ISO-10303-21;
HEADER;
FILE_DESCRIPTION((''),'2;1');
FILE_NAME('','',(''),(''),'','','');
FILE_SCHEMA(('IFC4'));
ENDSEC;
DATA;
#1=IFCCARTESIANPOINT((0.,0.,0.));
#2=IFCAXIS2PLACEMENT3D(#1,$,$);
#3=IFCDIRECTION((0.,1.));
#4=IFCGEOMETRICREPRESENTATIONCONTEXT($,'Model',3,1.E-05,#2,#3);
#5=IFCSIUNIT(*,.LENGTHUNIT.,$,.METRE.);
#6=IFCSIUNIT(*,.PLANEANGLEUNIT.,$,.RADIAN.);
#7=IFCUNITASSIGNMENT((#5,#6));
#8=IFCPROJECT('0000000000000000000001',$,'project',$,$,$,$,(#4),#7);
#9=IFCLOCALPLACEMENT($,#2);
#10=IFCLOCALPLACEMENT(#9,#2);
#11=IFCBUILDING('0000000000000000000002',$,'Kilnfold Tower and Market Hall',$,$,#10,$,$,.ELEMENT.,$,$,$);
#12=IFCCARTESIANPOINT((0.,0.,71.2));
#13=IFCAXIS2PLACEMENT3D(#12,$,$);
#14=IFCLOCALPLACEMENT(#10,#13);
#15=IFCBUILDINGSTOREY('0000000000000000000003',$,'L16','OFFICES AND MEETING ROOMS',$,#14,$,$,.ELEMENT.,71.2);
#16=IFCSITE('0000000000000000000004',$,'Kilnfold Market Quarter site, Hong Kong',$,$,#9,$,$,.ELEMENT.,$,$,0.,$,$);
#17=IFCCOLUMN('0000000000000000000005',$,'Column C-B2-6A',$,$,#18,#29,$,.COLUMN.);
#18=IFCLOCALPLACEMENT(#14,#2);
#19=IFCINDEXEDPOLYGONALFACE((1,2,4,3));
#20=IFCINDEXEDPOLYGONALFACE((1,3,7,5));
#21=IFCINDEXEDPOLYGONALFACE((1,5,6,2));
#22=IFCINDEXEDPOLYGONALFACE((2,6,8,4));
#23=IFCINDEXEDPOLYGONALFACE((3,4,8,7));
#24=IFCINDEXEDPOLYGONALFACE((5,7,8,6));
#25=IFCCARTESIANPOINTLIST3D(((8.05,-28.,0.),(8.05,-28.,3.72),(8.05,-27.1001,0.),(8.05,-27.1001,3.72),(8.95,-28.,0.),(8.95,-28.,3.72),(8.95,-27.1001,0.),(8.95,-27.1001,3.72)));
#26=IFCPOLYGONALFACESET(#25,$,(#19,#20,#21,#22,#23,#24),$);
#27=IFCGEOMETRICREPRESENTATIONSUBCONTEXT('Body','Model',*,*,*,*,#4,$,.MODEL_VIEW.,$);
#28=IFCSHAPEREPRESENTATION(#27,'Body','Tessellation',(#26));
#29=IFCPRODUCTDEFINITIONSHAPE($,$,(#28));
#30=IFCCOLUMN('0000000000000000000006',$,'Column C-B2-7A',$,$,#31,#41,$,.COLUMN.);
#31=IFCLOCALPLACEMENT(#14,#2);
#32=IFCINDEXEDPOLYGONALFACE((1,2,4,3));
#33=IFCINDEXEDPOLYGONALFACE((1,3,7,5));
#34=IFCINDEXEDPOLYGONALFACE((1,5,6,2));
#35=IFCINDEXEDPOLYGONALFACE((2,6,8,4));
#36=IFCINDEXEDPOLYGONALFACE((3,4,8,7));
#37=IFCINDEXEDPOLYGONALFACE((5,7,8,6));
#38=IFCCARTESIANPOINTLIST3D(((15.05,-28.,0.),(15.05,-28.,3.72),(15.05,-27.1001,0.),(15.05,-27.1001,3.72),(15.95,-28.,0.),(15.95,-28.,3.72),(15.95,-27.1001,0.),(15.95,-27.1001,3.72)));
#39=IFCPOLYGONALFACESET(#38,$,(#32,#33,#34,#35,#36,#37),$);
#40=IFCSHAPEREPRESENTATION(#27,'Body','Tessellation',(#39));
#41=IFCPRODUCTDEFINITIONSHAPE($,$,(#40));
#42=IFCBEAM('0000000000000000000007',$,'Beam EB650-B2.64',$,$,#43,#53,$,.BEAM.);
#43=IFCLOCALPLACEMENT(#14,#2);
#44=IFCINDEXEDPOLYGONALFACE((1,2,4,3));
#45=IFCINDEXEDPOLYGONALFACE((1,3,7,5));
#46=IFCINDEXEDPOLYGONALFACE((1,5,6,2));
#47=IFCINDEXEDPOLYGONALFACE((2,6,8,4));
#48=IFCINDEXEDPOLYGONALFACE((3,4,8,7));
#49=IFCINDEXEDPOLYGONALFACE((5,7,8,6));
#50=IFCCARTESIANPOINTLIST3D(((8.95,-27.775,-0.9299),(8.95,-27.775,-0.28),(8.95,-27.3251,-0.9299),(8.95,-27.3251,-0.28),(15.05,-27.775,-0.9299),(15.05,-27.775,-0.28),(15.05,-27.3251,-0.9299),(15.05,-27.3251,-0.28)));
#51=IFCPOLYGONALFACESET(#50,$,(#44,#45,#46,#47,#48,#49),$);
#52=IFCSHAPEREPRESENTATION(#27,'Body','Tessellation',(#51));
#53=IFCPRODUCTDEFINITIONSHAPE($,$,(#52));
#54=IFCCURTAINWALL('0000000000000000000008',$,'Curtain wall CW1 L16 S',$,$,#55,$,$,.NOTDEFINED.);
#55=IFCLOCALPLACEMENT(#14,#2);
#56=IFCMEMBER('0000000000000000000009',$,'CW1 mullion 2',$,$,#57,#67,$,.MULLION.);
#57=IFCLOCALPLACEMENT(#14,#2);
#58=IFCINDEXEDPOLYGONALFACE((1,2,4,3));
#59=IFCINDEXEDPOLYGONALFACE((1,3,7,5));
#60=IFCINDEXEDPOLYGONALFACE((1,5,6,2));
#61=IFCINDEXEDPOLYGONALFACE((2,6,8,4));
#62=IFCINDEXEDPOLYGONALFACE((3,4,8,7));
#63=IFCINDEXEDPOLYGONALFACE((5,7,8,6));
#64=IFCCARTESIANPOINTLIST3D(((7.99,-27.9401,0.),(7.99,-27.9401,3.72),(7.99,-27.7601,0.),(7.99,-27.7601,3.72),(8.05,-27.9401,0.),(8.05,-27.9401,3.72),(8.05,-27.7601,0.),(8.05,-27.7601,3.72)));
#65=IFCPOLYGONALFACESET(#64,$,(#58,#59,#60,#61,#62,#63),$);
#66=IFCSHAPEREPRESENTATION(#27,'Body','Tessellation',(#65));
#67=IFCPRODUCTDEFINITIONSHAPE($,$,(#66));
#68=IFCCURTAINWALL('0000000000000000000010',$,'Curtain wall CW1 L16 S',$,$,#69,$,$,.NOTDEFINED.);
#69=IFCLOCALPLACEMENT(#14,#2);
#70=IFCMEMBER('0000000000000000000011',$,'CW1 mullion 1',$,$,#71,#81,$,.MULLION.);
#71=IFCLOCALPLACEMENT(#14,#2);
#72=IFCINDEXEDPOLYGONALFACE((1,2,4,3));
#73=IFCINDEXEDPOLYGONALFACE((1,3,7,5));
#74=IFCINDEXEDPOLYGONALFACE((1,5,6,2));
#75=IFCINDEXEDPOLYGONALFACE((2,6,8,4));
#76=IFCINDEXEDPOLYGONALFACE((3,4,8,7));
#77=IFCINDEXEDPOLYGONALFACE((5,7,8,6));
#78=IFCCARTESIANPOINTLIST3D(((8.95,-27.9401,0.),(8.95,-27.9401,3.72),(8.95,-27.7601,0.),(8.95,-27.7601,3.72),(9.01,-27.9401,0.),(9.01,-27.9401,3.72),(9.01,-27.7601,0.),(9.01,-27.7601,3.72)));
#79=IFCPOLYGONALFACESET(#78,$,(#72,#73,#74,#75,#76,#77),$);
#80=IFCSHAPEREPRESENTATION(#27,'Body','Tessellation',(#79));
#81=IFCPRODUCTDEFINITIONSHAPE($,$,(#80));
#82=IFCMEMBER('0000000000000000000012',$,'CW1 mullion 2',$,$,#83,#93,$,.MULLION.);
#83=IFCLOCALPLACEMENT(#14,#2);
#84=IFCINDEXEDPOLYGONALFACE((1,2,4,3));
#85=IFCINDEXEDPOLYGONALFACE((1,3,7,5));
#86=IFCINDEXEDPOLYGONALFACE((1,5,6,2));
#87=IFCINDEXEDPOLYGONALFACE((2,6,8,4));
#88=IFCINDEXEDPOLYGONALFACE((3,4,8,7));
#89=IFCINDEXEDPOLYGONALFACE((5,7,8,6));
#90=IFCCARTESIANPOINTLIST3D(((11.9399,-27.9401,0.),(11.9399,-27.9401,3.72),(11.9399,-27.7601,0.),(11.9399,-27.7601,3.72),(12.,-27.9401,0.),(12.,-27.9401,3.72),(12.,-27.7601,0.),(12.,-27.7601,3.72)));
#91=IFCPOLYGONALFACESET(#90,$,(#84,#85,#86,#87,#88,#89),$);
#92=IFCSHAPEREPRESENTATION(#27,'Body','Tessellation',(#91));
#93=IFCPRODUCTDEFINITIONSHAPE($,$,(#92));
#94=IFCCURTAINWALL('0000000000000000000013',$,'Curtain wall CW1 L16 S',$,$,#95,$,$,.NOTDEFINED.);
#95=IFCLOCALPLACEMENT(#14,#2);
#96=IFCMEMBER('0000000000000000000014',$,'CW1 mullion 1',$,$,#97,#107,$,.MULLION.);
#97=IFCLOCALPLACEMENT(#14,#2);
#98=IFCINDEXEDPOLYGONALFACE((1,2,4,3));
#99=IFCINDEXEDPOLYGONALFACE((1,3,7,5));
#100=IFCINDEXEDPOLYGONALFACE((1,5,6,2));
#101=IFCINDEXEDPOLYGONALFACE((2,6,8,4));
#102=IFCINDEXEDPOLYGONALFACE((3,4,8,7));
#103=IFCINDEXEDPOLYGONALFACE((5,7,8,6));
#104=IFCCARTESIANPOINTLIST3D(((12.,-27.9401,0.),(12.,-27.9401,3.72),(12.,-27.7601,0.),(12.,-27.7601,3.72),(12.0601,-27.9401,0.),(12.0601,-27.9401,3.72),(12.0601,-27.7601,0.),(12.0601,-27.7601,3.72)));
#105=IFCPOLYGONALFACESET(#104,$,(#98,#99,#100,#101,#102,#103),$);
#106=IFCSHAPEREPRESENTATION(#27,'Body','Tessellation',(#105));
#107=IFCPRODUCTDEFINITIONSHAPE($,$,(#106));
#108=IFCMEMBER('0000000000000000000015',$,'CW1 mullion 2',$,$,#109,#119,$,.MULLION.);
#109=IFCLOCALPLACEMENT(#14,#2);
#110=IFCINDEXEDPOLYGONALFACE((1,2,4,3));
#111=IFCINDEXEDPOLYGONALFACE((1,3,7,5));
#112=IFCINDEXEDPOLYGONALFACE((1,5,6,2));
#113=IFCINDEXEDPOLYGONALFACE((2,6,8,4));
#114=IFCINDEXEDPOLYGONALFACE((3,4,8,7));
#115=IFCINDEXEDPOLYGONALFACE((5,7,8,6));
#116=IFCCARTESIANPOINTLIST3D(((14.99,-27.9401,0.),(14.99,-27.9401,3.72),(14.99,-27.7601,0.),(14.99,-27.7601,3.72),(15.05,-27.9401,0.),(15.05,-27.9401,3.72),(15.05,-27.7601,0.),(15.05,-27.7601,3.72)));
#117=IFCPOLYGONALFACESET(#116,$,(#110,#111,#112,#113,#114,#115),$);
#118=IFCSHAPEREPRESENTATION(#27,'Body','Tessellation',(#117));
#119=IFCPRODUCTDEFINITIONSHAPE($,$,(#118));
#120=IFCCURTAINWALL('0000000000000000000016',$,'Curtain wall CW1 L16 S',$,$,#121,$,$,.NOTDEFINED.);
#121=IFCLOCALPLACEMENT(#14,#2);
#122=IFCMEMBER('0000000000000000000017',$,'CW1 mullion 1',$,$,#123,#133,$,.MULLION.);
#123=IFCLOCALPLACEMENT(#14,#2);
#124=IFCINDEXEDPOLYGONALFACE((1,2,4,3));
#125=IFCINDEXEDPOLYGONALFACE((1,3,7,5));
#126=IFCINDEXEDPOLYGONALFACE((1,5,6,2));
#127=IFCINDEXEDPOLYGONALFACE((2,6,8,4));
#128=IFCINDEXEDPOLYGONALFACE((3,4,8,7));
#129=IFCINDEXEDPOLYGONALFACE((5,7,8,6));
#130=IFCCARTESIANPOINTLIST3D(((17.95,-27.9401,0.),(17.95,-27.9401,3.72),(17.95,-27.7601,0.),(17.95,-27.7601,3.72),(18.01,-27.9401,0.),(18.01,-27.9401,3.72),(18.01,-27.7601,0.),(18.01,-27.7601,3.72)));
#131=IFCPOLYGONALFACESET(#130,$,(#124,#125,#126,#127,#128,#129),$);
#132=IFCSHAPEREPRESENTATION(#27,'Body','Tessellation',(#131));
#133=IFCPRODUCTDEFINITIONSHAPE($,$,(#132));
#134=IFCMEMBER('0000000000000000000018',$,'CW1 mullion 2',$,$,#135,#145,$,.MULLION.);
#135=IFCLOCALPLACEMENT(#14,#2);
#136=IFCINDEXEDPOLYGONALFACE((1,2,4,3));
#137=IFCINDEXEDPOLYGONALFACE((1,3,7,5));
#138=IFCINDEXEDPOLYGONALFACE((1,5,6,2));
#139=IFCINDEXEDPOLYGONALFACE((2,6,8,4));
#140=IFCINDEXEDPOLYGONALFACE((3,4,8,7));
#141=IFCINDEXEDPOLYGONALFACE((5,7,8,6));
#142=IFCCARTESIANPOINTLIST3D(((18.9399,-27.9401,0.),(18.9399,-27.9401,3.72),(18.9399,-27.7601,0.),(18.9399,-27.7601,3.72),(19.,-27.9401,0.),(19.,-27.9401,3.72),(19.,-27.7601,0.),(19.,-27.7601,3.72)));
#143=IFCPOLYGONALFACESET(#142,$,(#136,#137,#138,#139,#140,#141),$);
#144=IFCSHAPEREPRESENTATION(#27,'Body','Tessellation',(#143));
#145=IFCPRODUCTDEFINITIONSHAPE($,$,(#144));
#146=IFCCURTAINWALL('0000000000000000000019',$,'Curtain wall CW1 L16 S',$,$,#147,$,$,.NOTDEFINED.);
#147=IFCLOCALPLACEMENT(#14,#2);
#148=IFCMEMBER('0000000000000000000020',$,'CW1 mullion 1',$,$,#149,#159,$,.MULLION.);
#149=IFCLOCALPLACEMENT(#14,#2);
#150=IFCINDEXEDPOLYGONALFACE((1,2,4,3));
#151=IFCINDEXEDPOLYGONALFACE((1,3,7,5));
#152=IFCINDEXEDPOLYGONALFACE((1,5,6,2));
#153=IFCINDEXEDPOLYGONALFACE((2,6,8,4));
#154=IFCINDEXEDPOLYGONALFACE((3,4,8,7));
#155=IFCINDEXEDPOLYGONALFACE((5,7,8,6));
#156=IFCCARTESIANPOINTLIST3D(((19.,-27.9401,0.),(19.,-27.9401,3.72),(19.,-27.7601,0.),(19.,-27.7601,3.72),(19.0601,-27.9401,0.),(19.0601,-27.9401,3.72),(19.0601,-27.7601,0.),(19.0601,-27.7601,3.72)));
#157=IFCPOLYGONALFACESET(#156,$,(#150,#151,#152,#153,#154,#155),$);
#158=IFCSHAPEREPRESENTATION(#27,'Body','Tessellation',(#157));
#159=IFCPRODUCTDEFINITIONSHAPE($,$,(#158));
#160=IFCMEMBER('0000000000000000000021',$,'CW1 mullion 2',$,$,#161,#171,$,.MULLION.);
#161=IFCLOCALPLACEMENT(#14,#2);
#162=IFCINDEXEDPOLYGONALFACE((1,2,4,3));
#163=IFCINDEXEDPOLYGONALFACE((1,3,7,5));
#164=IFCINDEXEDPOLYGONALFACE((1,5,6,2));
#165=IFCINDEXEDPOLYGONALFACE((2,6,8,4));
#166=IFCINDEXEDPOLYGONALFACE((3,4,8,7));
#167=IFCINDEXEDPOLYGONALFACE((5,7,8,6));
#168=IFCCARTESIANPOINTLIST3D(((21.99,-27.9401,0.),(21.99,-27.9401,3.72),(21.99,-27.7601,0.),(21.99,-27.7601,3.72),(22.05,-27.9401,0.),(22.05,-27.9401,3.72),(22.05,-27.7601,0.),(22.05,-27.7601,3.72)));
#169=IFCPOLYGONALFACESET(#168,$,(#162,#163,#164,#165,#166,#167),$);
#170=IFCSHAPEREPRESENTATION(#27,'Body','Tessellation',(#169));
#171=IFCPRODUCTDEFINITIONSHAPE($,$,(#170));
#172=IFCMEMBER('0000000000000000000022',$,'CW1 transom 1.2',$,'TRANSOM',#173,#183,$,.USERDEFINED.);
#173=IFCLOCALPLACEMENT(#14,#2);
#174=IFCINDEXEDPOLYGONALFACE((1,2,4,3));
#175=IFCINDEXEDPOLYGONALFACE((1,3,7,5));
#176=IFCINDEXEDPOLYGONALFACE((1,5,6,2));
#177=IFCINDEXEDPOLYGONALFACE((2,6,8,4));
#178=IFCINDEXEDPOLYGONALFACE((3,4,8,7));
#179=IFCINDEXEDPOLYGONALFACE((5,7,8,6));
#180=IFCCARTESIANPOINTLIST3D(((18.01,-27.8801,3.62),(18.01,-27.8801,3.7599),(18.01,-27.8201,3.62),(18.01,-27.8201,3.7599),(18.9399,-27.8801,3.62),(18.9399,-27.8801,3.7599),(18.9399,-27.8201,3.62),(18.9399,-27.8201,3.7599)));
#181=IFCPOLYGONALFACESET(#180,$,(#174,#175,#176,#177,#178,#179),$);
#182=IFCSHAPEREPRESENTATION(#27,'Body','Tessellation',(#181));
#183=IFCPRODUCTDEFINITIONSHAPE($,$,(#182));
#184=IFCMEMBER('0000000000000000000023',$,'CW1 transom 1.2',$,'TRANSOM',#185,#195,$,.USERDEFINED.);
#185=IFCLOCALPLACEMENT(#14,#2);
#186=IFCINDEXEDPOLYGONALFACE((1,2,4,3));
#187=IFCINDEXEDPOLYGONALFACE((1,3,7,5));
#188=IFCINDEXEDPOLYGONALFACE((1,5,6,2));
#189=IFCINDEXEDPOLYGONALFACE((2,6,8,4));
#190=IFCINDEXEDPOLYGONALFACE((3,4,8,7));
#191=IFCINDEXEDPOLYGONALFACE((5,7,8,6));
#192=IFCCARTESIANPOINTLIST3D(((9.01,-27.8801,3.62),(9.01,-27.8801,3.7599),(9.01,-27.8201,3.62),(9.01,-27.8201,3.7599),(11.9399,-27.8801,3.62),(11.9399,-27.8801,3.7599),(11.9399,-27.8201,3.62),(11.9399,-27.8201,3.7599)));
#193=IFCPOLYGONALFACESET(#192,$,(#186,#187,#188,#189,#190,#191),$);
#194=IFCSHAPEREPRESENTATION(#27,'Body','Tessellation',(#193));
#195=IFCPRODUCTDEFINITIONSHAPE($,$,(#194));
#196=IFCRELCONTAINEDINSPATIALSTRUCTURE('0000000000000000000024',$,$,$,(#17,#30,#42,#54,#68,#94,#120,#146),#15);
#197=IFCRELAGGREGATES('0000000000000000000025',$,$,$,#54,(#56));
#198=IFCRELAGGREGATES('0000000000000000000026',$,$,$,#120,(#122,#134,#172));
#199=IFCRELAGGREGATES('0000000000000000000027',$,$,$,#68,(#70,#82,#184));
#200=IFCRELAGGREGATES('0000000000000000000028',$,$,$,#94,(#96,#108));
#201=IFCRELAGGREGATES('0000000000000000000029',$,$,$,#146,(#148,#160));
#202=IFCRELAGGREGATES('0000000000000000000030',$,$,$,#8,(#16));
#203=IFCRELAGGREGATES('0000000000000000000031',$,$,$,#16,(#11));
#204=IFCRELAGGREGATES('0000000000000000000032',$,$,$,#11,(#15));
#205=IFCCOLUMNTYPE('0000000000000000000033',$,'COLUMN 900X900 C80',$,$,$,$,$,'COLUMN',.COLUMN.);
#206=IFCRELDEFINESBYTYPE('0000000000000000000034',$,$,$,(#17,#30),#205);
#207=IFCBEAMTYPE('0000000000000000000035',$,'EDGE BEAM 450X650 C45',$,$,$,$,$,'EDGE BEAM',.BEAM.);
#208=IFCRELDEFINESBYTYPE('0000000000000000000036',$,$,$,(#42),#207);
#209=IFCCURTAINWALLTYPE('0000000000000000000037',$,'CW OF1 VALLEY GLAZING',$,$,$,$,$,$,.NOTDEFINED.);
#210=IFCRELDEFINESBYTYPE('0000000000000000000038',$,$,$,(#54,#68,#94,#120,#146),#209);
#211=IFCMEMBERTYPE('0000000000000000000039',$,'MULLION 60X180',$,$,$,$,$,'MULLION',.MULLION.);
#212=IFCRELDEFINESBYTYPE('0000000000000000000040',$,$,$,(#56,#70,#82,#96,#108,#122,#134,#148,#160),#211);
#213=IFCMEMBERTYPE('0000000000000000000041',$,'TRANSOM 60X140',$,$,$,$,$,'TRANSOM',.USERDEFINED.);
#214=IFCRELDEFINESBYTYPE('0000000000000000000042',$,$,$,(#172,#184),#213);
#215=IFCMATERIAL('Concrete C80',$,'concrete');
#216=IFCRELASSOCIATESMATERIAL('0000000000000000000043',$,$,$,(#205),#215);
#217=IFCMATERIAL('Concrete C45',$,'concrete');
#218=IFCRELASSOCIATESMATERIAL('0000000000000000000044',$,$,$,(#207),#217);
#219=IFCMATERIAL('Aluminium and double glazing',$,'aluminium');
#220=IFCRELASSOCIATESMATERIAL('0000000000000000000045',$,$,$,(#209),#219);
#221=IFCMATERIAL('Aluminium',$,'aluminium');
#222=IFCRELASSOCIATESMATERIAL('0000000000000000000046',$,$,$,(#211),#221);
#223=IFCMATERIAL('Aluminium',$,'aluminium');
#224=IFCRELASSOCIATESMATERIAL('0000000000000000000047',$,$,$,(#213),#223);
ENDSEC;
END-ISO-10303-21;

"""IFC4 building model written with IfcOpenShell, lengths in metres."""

from ifc_helpers import new_model, si_unit, direction, frame, origin, origin_2d, place, context, subcontext, project, spatial, rectangle, extrude, source, transform, mapped, material, material_profile, profile_set, type_object, element, aggregate, save


model = new_model("IFC4")

# Units and contexts
model_context = context("Model", 3, precision=1e-05, world=origin(), true_north=direction((0.0, 1.0)))
body_context = subcontext(model_context, "Body", "Model", "MODEL_VIEW")
ifc_project = project(units=[si_unit("LENGTHUNIT", "METRE"), si_unit("PLANEANGLEUNIT", "RADIAN")], contexts=[model_context])

# Site, building, storey
site_placement = place(None, origin())
site = spatial("IfcSite", under=ifc_project, at=site_placement, Name="Kilnfold Market Quarter site, Hong Kong", CompositionType="ELEMENT", RefElevation=0.0)
building_placement = place(site_placement, origin())
building = spatial("IfcBuilding", under=site, at=building_placement, Name="Kilnfold Tower and Market Hall", CompositionType="ELEMENT")
storey_placement = place(building_placement, frame((0.0, 0.0, 71.2)))
storey = spatial("IfcBuildingStorey", under=building, at=storey_placement, Name="L16", Description="OFFICES AND MEETING ROOMS", CompositionType="ELEMENT", Elevation=71.2)

# Columns
ifc_material_1 = material(Name="Concrete C80", Category="concrete")
ifc_material_profile_1 = material_profile(ifc_material_1, rectangle(XDim=0.8999, YDim=0.8999, at=origin_2d()), Name="RC 900x900")
ifc_profile_set_1 = profile_set([ifc_material_profile_1], Name="Concrete C80")
column_type = type_object("IfcColumnType", Name="COLUMN 900X900 C80", ElementType="COLUMN", PredefinedType="COLUMN", material=ifc_profile_set_1)
shared_shape_1 = source(origin(), body_context, "Body", "SweptSolid", [
    extrude(rectangle(XDim=0.8999, YDim=0.8999, at=origin_2d()), origin(), (0.0, 0.0, 1.0), 3.72),
])
for number, where, z_axis, x_axis, name in (
    (1, (8.5, -27.55, 0.0), (0.0, 0.0, 1.0), (1.0, 0.0, 0.0), "Column C-B2-6A"),
    (2, (15.5, -27.55, 0.0), (0.0, 0.0, 1.0), (1.0, 0.0, 0.0), "Column C-B2-7A"),
):
    element("IfcColumn", number, at=place(storey_placement, frame(where, z_axis=z_axis, x_axis=x_axis)), inside=storey, type_object=column_type, Name=name, PredefinedType="COLUMN", context=body_context, shape_type="MappedRepresentation", body=[
        mapped(shared_shape_1, transform((0.0, 0.0, 0.0))),
    ])

# Beam
ifc_material_2 = material(Name="Concrete C45", Category="concrete")
ifc_material_profile_2 = material_profile(ifc_material_2, rectangle(XDim=0.45, YDim=0.6499, at=origin_2d()), Name="RC 450x650")
ifc_profile_set_2 = profile_set([ifc_material_profile_2], Name="Concrete C45")
beam_type = type_object("IfcBeamType", Name="EDGE BEAM 450X650 C45", ElementType="EDGE BEAM", PredefinedType="BEAM", material=ifc_profile_set_2)
shared_shape_2 = source(origin(), body_context, "Body", "SweptSolid", [
    extrude(rectangle(XDim=0.45, YDim=0.6499, at=origin_2d()), origin(), (0.0, 0.0, 1.0), 6.1001),
])
beam_placement = place(storey_placement, frame((8.95, -27.55, -0.605), z_axis=(1.0, 0.0, 0.0), x_axis=(0.0, 1.0, 0.0)))
element("IfcBeam", 3, at=beam_placement, inside=storey, type_object=beam_type, Name="Beam EB650-B2.64", PredefinedType="BEAM", context=body_context, shape_type="MappedRepresentation", body=[
    mapped(shared_shape_2, transform((0.0, 0.0, 0.0))),
])

# Curtain wall, member
ifc_material_3 = material(Name="Aluminium and double glazing", Category="aluminium")
curtain_wall_type = type_object("IfcCurtainWallType", Name="CW OF1 VALLEY GLAZING", PredefinedType="NOTDEFINED", material=ifc_material_3)
curtain_wall_1_placement = place(storey_placement, origin())
curtain_wall_1 = element("IfcCurtainWall", 4, at=curtain_wall_1_placement, inside=storey, type_object=curtain_wall_type, Name="Curtain wall CW1 L16 S", PredefinedType="NOTDEFINED")
ifc_material_4 = material(Name="Aluminium", Category="aluminium")
ifc_material_profile_3 = material_profile(ifc_material_4, rectangle(XDim=0.0601, YDim=0.1799, at=origin_2d()), Name="MULLION 60x180")
ifc_profile_set_3 = profile_set([ifc_material_profile_3], Name="Aluminium")
member_type_1 = type_object("IfcMemberType", Name="MULLION 60X180", ElementType="MULLION", PredefinedType="MULLION", material=ifc_profile_set_3)
shared_shape_3 = source(origin(), body_context, "Body", "SweptSolid", [
    extrude(rectangle(XDim=0.0601, YDim=0.1799, at=origin_2d()), origin(), (0.0, 0.0, 1.0), 3.72),
])
member_1_placement = place(storey_placement, frame((8.02, -27.8501, 0.0), z_axis=(0.0, 0.0, 1.0), x_axis=(1.0, 0.0, 0.0)))
member_1 = element("IfcMember", 5, at=member_1_placement, type_object=member_type_1, Name="CW1 mullion 2", PredefinedType="MULLION", context=body_context, shape_type="MappedRepresentation", body=[
    mapped(shared_shape_3, transform((0.0, 0.0, 0.0))),
])
aggregate(curtain_wall_1, [member_1])

# Curtain walls, members
curtain_wall_2_placement = place(storey_placement, origin())
curtain_wall_2 = element("IfcCurtainWall", 6, at=curtain_wall_2_placement, inside=storey, type_object=curtain_wall_type, Name="Curtain wall CW1 L16 S", PredefinedType="NOTDEFINED")
member_2_placement = place(storey_placement, frame((8.98, -27.8501, 0.0), z_axis=(0.0, 0.0, 1.0), x_axis=(1.0, 0.0, 0.0)))
member_2 = element("IfcMember", 7, at=member_2_placement, type_object=member_type_1, Name="CW1 mullion 1", PredefinedType="MULLION", context=body_context, shape_type="MappedRepresentation", body=[
    mapped(shared_shape_3, transform((0.0, 0.0, 0.0))),
])
member_3_placement = place(storey_placement, frame((11.97, -27.8501, 0.0), z_axis=(0.0, 0.0, 1.0), x_axis=(1.0, 0.0, 0.0)))
member_3 = element("IfcMember", 8, at=member_3_placement, type_object=member_type_1, Name="CW1 mullion 2", PredefinedType="MULLION", context=body_context, shape_type="MappedRepresentation", body=[
    mapped(shared_shape_3, transform((0.0, 0.0, 0.0))),
])
curtain_wall_3_placement = place(storey_placement, origin())
curtain_wall_3 = element("IfcCurtainWall", 9, at=curtain_wall_3_placement, inside=storey, type_object=curtain_wall_type, Name="Curtain wall CW1 L16 S", PredefinedType="NOTDEFINED")
member_4_placement = place(storey_placement, frame((12.03, -27.8501, 0.0), z_axis=(0.0, 0.0, 1.0), x_axis=(1.0, 0.0, 0.0)))
member_4 = element("IfcMember", 10, at=member_4_placement, type_object=member_type_1, Name="CW1 mullion 1", PredefinedType="MULLION", context=body_context, shape_type="MappedRepresentation", body=[
    mapped(shared_shape_3, transform((0.0, 0.0, 0.0))),
])
member_5_placement = place(storey_placement, frame((15.02, -27.8501, 0.0), z_axis=(0.0, 0.0, 1.0), x_axis=(1.0, 0.0, 0.0)))
member_5 = element("IfcMember", 11, at=member_5_placement, type_object=member_type_1, Name="CW1 mullion 2", PredefinedType="MULLION", context=body_context, shape_type="MappedRepresentation", body=[
    mapped(shared_shape_3, transform((0.0, 0.0, 0.0))),
])
curtain_wall_4_placement = place(storey_placement, origin())
curtain_wall_4 = element("IfcCurtainWall", 12, at=curtain_wall_4_placement, inside=storey, type_object=curtain_wall_type, Name="Curtain wall CW1 L16 S", PredefinedType="NOTDEFINED")
member_6_placement = place(storey_placement, frame((17.98, -27.8501, 0.0), z_axis=(0.0, 0.0, 1.0), x_axis=(1.0, 0.0, 0.0)))
member_6 = element("IfcMember", 13, at=member_6_placement, type_object=member_type_1, Name="CW1 mullion 1", PredefinedType="MULLION", context=body_context, shape_type="MappedRepresentation", body=[
    mapped(shared_shape_3, transform((0.0, 0.0, 0.0))),
])
member_7_placement = place(storey_placement, frame((18.97, -27.8501, 0.0), z_axis=(0.0, 0.0, 1.0), x_axis=(1.0, 0.0, 0.0)))
member_7 = element("IfcMember", 14, at=member_7_placement, type_object=member_type_1, Name="CW1 mullion 2", PredefinedType="MULLION", context=body_context, shape_type="MappedRepresentation", body=[
    mapped(shared_shape_3, transform((0.0, 0.0, 0.0))),
])
curtain_wall_5_placement = place(storey_placement, origin())
curtain_wall_5 = element("IfcCurtainWall", 15, at=curtain_wall_5_placement, inside=storey, type_object=curtain_wall_type, Name="Curtain wall CW1 L16 S", PredefinedType="NOTDEFINED")
member_8_placement = place(storey_placement, frame((19.03, -27.8501, 0.0), z_axis=(0.0, 0.0, 1.0), x_axis=(1.0, 0.0, 0.0)))
member_8 = element("IfcMember", 16, at=member_8_placement, type_object=member_type_1, Name="CW1 mullion 1", PredefinedType="MULLION", context=body_context, shape_type="MappedRepresentation", body=[
    mapped(shared_shape_3, transform((0.0, 0.0, 0.0))),
])
member_9_placement = place(storey_placement, frame((22.02, -27.8501, 0.0), z_axis=(0.0, 0.0, 1.0), x_axis=(1.0, 0.0, 0.0)))
member_9 = element("IfcMember", 17, at=member_9_placement, type_object=member_type_1, Name="CW1 mullion 2", PredefinedType="MULLION", context=body_context, shape_type="MappedRepresentation", body=[
    mapped(shared_shape_3, transform((0.0, 0.0, 0.0))),
])

# Members
ifc_material_5 = material(Name="Aluminium", Category="aluminium")
ifc_material_profile_4 = material_profile(ifc_material_5, rectangle(XDim=0.0601, YDim=0.1399, at=origin_2d()), Name="TRANSOM 60x140")
ifc_profile_set_4 = profile_set([ifc_material_profile_4], Name="Aluminium")
member_type_2 = type_object("IfcMemberType", Name="TRANSOM 60X140", ElementType="TRANSOM", PredefinedType="USERDEFINED", material=ifc_profile_set_4)
shared_shape_4 = source(origin(), body_context, "Body", "SweptSolid", [
    extrude(rectangle(XDim=0.0601, YDim=0.1399, at=origin_2d()), origin(), (0.0, 0.0, 1.0), 0.9299),
])
member_10_placement = place(storey_placement, frame((18.01, -27.8501, 3.6899), z_axis=(1.0, 0.0, 0.0), x_axis=(0.0, 1.0, 0.0)))
member_10 = element("IfcMember", 18, at=member_10_placement, type_object=member_type_2, Name="CW1 transom 1.2", ObjectType="TRANSOM", PredefinedType="USERDEFINED", context=body_context, shape_type="MappedRepresentation", body=[
    mapped(shared_shape_4, transform((0.0, 0.0, 0.0))),
])
shared_shape_5 = source(origin(), body_context, "Body", "SweptSolid", [
    extrude(rectangle(XDim=0.0601, YDim=0.1399, at=origin_2d()), origin(), (0.0, 0.0, 1.0), 2.9299),
])
member_11_placement = place(storey_placement, frame((9.01, -27.8501, 3.6899), z_axis=(1.0, 0.0, 0.0), x_axis=(0.0, 1.0, 0.0)))
member_11 = element("IfcMember", 19, at=member_11_placement, type_object=member_type_2, Name="CW1 transom 1.2", ObjectType="TRANSOM", PredefinedType="USERDEFINED", context=body_context, shape_type="MappedRepresentation", body=[
    mapped(shared_shape_5, transform((0.0, 0.0, 0.0))),
])

aggregate(curtain_wall_4, [member_6, member_7, member_10])
aggregate(curtain_wall_2, [member_2, member_3, member_11])
aggregate(curtain_wall_3, [member_4, member_5])
aggregate(curtain_wall_5, [member_8, member_9])

save(model, "model.ifc")
